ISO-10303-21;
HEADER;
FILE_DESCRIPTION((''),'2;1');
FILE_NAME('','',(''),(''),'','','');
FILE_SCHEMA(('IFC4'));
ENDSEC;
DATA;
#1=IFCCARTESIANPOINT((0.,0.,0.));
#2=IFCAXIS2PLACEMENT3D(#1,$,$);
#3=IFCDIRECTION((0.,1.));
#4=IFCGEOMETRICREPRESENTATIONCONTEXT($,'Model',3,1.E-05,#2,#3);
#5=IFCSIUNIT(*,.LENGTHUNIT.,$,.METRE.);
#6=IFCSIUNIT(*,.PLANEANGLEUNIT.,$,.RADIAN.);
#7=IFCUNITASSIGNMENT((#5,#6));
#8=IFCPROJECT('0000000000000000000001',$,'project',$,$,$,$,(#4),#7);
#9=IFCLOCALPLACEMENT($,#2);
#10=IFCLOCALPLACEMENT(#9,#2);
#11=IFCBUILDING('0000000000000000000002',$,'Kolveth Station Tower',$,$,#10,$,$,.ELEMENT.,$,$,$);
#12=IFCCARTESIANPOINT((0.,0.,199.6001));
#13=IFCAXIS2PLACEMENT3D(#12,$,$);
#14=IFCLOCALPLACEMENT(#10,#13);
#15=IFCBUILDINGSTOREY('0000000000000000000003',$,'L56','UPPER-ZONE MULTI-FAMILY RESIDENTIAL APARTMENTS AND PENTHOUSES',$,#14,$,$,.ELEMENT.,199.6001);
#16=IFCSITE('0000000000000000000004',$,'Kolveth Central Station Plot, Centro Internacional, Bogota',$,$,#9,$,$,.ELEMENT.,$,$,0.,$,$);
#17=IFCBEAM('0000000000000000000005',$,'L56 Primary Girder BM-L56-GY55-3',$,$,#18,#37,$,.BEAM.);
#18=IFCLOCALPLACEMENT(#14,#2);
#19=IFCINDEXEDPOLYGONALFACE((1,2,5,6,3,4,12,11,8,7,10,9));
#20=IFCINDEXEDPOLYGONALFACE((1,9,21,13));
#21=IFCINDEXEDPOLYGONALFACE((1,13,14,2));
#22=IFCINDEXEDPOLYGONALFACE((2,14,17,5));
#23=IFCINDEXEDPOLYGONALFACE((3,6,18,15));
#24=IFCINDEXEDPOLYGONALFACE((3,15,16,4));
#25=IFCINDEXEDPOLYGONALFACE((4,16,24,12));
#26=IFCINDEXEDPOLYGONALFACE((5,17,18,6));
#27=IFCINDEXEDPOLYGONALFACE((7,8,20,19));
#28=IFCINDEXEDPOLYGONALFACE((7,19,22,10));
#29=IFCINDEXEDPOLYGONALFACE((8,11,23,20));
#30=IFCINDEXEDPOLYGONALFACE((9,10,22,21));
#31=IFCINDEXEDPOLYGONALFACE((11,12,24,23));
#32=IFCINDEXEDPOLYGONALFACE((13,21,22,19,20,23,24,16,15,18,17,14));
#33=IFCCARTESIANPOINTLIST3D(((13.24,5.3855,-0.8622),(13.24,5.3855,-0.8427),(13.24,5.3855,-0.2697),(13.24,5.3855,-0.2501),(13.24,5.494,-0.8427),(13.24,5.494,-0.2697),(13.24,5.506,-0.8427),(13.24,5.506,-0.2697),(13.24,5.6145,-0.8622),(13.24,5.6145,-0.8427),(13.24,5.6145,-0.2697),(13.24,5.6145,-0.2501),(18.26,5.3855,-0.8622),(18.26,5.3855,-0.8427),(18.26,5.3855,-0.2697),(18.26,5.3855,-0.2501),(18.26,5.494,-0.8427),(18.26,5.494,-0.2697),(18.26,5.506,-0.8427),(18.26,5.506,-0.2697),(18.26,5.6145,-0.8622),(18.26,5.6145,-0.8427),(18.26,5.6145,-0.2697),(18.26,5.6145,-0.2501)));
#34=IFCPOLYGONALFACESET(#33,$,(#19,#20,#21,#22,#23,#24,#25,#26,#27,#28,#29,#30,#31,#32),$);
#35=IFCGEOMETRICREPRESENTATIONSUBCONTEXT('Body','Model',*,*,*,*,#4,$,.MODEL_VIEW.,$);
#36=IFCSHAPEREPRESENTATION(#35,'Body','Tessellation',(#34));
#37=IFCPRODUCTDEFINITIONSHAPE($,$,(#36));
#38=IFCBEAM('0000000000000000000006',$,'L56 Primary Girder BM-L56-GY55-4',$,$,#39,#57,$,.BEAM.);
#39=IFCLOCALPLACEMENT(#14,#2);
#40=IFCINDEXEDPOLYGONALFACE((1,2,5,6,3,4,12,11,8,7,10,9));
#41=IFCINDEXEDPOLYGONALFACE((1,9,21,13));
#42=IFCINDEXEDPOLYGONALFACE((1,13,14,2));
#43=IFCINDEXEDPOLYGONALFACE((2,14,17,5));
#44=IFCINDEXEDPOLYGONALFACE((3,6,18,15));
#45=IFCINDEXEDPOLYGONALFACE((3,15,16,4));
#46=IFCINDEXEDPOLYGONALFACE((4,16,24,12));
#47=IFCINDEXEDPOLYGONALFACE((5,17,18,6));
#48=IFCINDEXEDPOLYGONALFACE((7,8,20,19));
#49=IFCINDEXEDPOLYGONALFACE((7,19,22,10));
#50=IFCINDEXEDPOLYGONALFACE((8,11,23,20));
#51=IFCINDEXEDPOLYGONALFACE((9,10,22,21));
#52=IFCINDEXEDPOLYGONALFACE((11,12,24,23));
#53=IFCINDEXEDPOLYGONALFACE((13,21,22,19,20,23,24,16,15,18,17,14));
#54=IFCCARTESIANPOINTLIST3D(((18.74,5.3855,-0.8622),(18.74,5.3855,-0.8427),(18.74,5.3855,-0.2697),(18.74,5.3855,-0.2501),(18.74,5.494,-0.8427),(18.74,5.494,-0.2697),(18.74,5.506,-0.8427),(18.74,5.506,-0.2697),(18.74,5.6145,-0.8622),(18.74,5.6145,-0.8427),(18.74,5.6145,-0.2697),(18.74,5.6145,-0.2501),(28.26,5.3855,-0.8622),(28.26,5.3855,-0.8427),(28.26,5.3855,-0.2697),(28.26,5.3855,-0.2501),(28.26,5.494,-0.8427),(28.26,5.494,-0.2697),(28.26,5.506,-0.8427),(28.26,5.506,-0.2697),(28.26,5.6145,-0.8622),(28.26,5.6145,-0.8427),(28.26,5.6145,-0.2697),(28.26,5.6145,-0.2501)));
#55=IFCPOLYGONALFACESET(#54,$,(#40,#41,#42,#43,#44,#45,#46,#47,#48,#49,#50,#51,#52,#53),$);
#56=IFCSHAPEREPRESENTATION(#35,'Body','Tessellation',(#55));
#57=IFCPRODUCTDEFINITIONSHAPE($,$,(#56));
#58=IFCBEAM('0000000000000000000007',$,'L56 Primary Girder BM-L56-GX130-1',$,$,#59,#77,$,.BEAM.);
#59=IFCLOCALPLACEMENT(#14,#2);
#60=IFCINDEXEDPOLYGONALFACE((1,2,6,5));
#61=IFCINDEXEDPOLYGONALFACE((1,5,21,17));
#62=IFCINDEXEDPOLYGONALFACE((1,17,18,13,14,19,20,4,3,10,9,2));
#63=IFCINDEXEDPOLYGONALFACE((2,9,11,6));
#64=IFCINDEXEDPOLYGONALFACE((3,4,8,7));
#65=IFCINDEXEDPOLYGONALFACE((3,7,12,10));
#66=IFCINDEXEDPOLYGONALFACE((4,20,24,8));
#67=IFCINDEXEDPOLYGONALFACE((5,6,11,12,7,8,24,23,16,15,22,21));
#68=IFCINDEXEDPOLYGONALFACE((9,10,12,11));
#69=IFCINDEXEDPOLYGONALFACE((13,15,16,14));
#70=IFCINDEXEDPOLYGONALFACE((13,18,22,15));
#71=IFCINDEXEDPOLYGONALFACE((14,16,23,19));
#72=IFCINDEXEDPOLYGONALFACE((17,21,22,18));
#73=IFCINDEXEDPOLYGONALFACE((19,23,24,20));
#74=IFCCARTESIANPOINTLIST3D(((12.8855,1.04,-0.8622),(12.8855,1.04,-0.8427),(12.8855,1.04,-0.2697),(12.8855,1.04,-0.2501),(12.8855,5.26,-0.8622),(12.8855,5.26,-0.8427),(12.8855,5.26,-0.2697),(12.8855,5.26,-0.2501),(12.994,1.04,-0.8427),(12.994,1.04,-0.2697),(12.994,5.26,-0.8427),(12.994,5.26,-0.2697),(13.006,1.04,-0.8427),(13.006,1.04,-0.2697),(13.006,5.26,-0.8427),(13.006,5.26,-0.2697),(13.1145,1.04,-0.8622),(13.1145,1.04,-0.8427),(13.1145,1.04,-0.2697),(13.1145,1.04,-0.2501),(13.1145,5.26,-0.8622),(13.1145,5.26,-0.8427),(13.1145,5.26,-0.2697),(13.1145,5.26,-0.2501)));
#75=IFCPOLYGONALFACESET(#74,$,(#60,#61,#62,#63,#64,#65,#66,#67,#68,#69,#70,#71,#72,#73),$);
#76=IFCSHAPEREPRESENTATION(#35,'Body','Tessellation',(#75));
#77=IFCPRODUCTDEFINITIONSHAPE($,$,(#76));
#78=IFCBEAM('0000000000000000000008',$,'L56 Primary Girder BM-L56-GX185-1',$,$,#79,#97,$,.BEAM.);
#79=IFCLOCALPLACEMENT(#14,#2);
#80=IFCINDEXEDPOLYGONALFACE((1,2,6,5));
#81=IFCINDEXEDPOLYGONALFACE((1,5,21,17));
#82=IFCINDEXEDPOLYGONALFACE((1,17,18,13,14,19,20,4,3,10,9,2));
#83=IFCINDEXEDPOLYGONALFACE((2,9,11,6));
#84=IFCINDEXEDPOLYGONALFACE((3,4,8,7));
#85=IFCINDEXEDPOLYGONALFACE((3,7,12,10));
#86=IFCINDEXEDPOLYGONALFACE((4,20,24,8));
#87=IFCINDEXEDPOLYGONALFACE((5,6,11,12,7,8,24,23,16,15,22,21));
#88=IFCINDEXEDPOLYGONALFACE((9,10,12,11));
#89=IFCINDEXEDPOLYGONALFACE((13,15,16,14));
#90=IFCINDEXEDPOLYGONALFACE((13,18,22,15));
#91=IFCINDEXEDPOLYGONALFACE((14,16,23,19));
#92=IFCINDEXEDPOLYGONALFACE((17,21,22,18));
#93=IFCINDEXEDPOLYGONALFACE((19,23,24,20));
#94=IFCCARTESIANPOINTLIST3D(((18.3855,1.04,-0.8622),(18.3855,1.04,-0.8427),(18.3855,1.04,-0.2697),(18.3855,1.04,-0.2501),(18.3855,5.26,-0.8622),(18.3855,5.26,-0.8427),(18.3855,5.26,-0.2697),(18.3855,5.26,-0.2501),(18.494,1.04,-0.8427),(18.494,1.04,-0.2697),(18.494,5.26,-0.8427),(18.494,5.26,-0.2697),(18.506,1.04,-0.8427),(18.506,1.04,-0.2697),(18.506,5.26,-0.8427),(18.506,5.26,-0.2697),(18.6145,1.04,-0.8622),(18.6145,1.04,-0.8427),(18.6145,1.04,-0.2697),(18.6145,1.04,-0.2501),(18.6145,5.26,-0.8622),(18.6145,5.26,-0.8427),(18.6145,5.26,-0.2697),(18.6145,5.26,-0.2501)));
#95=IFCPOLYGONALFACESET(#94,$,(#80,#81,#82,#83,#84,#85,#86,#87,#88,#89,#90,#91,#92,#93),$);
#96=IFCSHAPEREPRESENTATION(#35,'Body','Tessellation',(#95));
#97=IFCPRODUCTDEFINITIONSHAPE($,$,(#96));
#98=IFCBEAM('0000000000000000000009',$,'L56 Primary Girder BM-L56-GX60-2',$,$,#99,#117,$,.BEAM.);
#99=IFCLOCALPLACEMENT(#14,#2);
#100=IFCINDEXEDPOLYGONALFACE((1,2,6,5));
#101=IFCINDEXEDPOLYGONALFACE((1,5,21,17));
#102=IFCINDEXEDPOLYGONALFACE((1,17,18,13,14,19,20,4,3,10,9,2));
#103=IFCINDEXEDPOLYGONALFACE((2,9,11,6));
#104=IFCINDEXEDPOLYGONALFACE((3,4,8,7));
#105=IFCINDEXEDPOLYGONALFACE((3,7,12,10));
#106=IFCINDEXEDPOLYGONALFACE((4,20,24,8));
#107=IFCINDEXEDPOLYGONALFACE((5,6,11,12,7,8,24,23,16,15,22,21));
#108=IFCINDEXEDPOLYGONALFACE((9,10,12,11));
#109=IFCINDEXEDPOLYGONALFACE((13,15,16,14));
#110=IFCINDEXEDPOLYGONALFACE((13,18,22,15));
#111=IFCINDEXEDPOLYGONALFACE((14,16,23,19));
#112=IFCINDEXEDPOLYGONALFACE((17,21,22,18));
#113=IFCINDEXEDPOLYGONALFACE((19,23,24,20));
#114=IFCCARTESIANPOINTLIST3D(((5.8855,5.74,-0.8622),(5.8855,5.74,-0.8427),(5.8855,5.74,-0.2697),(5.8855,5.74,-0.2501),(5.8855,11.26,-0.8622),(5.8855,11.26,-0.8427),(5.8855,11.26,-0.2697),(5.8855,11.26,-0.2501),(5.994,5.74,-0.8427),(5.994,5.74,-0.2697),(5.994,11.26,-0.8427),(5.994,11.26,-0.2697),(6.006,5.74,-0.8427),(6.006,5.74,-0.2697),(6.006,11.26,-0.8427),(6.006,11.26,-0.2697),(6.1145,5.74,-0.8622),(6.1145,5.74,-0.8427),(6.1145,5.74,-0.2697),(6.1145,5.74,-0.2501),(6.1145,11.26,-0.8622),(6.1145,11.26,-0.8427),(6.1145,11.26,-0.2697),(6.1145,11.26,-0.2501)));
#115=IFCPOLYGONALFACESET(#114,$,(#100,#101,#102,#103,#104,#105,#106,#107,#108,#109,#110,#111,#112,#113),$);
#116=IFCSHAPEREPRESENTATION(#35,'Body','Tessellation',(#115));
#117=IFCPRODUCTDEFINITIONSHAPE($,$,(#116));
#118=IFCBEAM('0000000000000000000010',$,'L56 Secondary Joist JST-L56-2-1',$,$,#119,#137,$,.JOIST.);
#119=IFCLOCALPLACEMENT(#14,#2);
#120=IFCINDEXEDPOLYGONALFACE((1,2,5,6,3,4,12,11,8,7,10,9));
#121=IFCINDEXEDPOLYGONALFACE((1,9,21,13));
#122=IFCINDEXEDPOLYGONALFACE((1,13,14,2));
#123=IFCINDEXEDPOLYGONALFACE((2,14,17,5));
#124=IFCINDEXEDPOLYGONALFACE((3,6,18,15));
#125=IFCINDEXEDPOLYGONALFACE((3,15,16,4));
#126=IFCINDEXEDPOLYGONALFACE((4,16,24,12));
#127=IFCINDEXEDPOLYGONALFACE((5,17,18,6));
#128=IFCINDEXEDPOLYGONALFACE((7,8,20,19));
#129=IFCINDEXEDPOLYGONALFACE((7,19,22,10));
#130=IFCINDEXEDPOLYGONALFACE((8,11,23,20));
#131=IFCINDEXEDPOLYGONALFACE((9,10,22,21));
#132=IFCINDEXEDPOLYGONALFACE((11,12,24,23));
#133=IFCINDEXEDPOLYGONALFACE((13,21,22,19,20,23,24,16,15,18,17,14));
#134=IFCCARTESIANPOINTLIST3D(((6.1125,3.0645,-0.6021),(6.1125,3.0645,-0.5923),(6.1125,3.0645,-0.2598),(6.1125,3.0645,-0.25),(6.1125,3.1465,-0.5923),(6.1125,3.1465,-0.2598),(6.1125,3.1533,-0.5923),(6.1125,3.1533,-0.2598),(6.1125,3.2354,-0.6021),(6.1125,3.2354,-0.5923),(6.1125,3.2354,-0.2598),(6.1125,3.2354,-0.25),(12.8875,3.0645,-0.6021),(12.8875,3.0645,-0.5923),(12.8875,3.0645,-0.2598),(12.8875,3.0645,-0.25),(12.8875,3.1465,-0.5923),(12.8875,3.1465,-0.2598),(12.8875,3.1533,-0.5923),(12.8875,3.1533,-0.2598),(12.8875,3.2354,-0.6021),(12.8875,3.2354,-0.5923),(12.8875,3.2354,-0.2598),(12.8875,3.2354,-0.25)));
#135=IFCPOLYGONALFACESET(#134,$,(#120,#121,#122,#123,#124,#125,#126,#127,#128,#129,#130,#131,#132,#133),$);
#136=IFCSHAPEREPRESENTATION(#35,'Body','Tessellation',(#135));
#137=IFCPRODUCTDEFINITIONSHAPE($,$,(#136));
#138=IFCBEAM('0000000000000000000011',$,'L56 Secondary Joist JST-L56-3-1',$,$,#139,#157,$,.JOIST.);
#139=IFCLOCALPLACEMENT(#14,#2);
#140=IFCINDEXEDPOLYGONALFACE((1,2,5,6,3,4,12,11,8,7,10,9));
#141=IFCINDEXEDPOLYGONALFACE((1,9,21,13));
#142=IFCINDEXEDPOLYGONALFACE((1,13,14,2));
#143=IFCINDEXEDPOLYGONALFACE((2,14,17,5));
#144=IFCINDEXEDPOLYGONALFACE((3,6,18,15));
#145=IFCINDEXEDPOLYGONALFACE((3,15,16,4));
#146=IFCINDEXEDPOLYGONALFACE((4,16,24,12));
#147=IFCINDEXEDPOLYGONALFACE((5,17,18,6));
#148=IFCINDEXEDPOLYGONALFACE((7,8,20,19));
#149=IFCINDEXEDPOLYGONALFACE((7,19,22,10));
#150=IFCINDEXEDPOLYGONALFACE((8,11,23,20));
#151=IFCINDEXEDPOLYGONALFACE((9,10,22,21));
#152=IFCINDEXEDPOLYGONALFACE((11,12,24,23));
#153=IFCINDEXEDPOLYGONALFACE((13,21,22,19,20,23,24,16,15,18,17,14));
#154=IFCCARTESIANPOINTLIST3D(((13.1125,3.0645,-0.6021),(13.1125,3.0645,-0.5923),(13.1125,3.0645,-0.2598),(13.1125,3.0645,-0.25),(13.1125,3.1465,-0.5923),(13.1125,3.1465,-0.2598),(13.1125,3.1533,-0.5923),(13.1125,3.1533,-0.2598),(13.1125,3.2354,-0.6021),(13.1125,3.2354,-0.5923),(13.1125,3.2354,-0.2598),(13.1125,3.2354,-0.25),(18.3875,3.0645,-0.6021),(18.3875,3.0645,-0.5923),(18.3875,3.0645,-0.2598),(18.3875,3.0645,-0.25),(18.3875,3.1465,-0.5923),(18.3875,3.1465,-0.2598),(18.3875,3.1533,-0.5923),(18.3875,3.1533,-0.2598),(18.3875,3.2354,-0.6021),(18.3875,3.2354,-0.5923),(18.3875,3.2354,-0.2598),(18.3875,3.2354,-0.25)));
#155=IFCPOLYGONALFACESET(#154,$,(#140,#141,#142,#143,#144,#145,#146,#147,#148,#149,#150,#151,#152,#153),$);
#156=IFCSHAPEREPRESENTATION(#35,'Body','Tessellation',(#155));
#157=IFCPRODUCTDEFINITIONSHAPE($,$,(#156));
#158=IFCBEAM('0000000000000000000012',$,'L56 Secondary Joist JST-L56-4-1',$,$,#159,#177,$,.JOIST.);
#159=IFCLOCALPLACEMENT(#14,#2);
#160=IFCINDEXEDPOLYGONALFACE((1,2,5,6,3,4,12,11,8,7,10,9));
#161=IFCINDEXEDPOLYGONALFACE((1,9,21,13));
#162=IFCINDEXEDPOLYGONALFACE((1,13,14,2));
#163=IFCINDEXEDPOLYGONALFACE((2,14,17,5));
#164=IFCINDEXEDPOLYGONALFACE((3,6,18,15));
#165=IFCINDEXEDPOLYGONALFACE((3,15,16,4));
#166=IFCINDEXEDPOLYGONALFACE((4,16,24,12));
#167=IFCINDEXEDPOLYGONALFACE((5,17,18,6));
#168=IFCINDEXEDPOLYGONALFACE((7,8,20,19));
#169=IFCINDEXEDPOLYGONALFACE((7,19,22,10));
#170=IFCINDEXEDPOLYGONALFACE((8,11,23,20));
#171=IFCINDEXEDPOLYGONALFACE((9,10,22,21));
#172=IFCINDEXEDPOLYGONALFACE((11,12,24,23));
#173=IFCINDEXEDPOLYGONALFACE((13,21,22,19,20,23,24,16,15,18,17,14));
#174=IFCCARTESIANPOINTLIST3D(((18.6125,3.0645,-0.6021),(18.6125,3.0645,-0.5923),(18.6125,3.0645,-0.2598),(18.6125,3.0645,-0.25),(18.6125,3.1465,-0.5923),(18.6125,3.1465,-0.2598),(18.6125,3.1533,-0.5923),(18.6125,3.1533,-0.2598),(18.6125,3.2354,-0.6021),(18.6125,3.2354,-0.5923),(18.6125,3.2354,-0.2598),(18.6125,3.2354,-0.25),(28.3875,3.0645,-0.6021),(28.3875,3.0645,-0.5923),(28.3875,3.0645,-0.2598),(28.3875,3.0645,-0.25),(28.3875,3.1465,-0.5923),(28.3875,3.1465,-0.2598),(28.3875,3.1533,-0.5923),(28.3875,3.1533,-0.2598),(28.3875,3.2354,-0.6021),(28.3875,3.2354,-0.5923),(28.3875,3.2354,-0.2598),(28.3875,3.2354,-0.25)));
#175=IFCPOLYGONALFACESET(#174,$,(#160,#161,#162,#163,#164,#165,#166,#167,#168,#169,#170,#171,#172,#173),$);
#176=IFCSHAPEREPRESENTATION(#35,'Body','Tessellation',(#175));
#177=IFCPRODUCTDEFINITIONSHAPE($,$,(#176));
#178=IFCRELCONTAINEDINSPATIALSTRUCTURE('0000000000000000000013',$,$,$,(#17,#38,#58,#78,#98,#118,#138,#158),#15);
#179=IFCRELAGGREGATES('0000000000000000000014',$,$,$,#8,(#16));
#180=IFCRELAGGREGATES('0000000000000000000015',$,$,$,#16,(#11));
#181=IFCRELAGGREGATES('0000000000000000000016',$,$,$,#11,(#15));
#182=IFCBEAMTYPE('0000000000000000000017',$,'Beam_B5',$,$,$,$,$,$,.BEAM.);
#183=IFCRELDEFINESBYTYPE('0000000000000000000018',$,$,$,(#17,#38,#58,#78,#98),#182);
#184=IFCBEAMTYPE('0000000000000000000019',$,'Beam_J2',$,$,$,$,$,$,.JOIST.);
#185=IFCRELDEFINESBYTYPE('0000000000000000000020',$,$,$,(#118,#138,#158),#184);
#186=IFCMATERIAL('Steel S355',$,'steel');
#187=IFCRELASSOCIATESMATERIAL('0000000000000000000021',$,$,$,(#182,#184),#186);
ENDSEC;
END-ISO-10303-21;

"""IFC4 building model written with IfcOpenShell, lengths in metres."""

from ifc_helpers import new_model, si_unit, direction, frame, origin, origin_2d, place, context, subcontext, project, spatial, i_section, extrude, source, transform, mapped, material, material_profile, profile_set, type_object, element, save


model = new_model("IFC4")

# Units and contexts
model_context = context("Model", 3, precision=1e-05, world=origin(), true_north=direction((0.0, 1.0)))
body_context = subcontext(model_context, "Body", "Model", "MODEL_VIEW")
ifc_project = project(units=[si_unit("LENGTHUNIT", "METRE"), si_unit("PLANEANGLEUNIT", "RADIAN")], contexts=[model_context])

# Site, building, storey
site_placement = place(None, origin())
site = spatial("IfcSite", under=ifc_project, at=site_placement, Name="Kolveth Central Station Plot, Centro Internacional, Bogota", CompositionType="ELEMENT", RefElevation=0.0)
building_placement = place(site_placement, origin())
building = spatial("IfcBuilding", under=site, at=building_placement, Name="Kolveth Station Tower", CompositionType="ELEMENT")
storey_placement = place(building_placement, frame((0.0, 0.0, 199.6001)))
storey = spatial("IfcBuildingStorey", under=building, at=storey_placement, Name="L56", Description="UPPER-ZONE MULTI-FAMILY RESIDENTIAL APARTMENTS AND PENTHOUSES", CompositionType="ELEMENT", Elevation=199.6001)

# Shared definitions
ifc_material_1 = material(Name="Steel S355", Category="steel")

# Beams
ifc_material_profile_1 = material_profile(ifc_material_1, i_section(OverallWidth=0.229, OverallDepth=0.6121, WebThickness=0.012, FlangeThickness=0.0195, at=origin_2d()), Name="W610x125")
ifc_profile_set_1 = profile_set([ifc_material_profile_1], Name="Steel S355")
beam_type_1 = type_object("IfcBeamType", Name="Beam_B5", PredefinedType="BEAM", material=ifc_profile_set_1)
shared_shape_1 = source(origin(), body_context, "Body", "SweptSolid", [
    extrude(i_section(OverallWidth=0.229, OverallDepth=0.6121, WebThickness=0.012, FlangeThickness=0.0195, at=origin_2d()), origin(), (0.0, 0.0, 1.0), 5.02),
])
beam_1_placement = place(storey_placement, frame((13.24, 5.5, -0.5562), z_axis=(1.0, 0.0, 0.0), x_axis=(0.0, 1.0, 0.0)))
element("IfcBeam", 1, at=beam_1_placement, inside=storey, type_object=beam_type_1, Name="L56 Primary Girder BM-L56-GY55-3", PredefinedType="BEAM", context=body_context, shape_type="MappedRepresentation", body=[
    mapped(shared_shape_1, transform((0.0, 0.0, 0.0), x_axis=(1.0, 0.0, 0.0), y_axis=(0.0, 1.0, 0.0), z_axis=(0.0, 0.0, 1.0), scale=1.0)),
])
shared_shape_2 = source(origin(), body_context, "Body", "SweptSolid", [
    extrude(i_section(OverallWidth=0.229, OverallDepth=0.6121, WebThickness=0.012, FlangeThickness=0.0195, at=origin_2d()), origin(), (0.0, 0.0, 1.0), 9.52),
])
beam_2_placement = place(storey_placement, frame((18.74, 5.5, -0.5562), z_axis=(1.0, 0.0, 0.0), x_axis=(0.0, 1.0, 0.0)))
element("IfcBeam", 2, at=beam_2_placement, inside=storey, type_object=beam_type_1, Name="L56 Primary Girder BM-L56-GY55-4", PredefinedType="BEAM", context=body_context, shape_type="MappedRepresentation", body=[
    mapped(shared_shape_2, transform((0.0, 0.0, 0.0), x_axis=(1.0, 0.0, 0.0), y_axis=(0.0, 1.0, 0.0), z_axis=(0.0, 0.0, 1.0), scale=1.0)),
])
shared_shape_3 = source(origin(), body_context, "Body", "SweptSolid", [
    extrude(i_section(OverallWidth=0.229, OverallDepth=0.6121, WebThickness=0.012, FlangeThickness=0.0195, at=origin_2d()), origin(), (0.0, 0.0, 1.0), 4.22),
])
for number, where, z_axis, x_axis, name in (
    (3, (13.0, 1.04, -0.5562), (0.0, 1.0, 0.0), (-1.0, 0.0, 0.0), "L56 Primary Girder BM-L56-GX130-1"),
    (4, (18.5, 1.04, -0.5562), (0.0, 1.0, 0.0), (-1.0, 0.0, 0.0), "L56 Primary Girder BM-L56-GX185-1"),
):
    element("IfcBeam", number, at=place(storey_placement, frame(where, z_axis=z_axis, x_axis=x_axis)), inside=storey, type_object=beam_type_1, Name=name, PredefinedType="BEAM", context=body_context, shape_type="MappedRepresentation", body=[
        mapped(shared_shape_3, transform((0.0, 0.0, 0.0), x_axis=(1.0, 0.0, 0.0), y_axis=(0.0, 1.0, 0.0), z_axis=(0.0, 0.0, 1.0), scale=1.0)),
    ])
shared_shape_4 = source(origin(), body_context, "Body", "SweptSolid", [
    extrude(i_section(OverallWidth=0.229, OverallDepth=0.6121, WebThickness=0.012, FlangeThickness=0.0195, at=origin_2d()), origin(), (0.0, 0.0, 1.0), 5.52),
])
beam_3_placement = place(storey_placement, frame((6.0, 5.74, -0.5562), z_axis=(0.0, 1.0, 0.0), x_axis=(-1.0, 0.0, 0.0)))
element("IfcBeam", 5, at=beam_3_placement, inside=storey, type_object=beam_type_1, Name="L56 Primary Girder BM-L56-GX60-2", PredefinedType="BEAM", context=body_context, shape_type="MappedRepresentation", body=[
    mapped(shared_shape_4, transform((0.0, 0.0, 0.0), x_axis=(1.0, 0.0, 0.0), y_axis=(0.0, 1.0, 0.0), z_axis=(0.0, 0.0, 1.0), scale=1.0)),
])
ifc_material_profile_2 = material_profile(ifc_material_1, i_section(OverallWidth=0.1709, OverallDepth=0.3521, WebThickness=0.0068, FlangeThickness=0.0098, at=origin_2d()), Name="W360x44")
ifc_profile_set_2 = profile_set([ifc_material_profile_2], Name="Steel S355")
beam_type_2 = type_object("IfcBeamType", Name="Beam_J2", PredefinedType="JOIST", material=ifc_profile_set_2)
shared_shape_5 = source(origin(), body_context, "Body", "SweptSolid", [
    extrude(i_section(OverallWidth=0.1709, OverallDepth=0.3521, WebThickness=0.0068, FlangeThickness=0.0098, at=origin_2d()), origin(), (0.0, 0.0, 1.0), 6.7749),
])
beam_4_placement = place(storey_placement, frame((6.1125, 3.1499, -0.426), z_axis=(1.0, 0.0, 0.0), x_axis=(0.0, 1.0, 0.0)))
element("IfcBeam", 6, at=beam_4_placement, inside=storey, type_object=beam_type_2, Name="L56 Secondary Joist JST-L56-2-1", PredefinedType="JOIST", context=body_context, shape_type="MappedRepresentation", body=[
    mapped(shared_shape_5, transform((0.0, 0.0, 0.0), x_axis=(1.0, 0.0, 0.0), y_axis=(0.0, 1.0, 0.0), z_axis=(0.0, 0.0, 1.0), scale=1.0)),
])
shared_shape_6 = source(origin(), body_context, "Body", "SweptSolid", [
    extrude(i_section(OverallWidth=0.1709, OverallDepth=0.3521, WebThickness=0.0068, FlangeThickness=0.0098, at=origin_2d()), origin(), (0.0, 0.0, 1.0), 5.2749),
])
beam_5_placement = place(storey_placement, frame((13.1125, 3.1499, -0.426), z_axis=(1.0, 0.0, 0.0), x_axis=(0.0, 1.0, 0.0)))
element("IfcBeam", 7, at=beam_5_placement, inside=storey, type_object=beam_type_2, Name="L56 Secondary Joist JST-L56-3-1", PredefinedType="JOIST", context=body_context, shape_type="MappedRepresentation", body=[
    mapped(shared_shape_6, transform((0.0, 0.0, 0.0), x_axis=(1.0, 0.0, 0.0), y_axis=(0.0, 1.0, 0.0), z_axis=(0.0, 0.0, 1.0), scale=1.0)),
])
shared_shape_7 = source(origin(), body_context, "Body", "SweptSolid", [
    extrude(i_section(OverallWidth=0.1709, OverallDepth=0.3521, WebThickness=0.0068, FlangeThickness=0.0098, at=origin_2d()), origin(), (0.0, 0.0, 1.0), 9.7749),
])
beam_6_placement = place(storey_placement, frame((18.6125, 3.1499, -0.426), z_axis=(1.0, 0.0, 0.0), x_axis=(0.0, 1.0, 0.0)))
element("IfcBeam", 8, at=beam_6_placement, inside=storey, type_object=beam_type_2, Name="L56 Secondary Joist JST-L56-4-1", PredefinedType="JOIST", context=body_context, shape_type="MappedRepresentation", body=[
    mapped(shared_shape_7, transform((0.0, 0.0, 0.0), x_axis=(1.0, 0.0, 0.0), y_axis=(0.0, 1.0, 0.0), z_axis=(0.0, 0.0, 1.0), scale=1.0)),
])

save(model, "model.ifc")
